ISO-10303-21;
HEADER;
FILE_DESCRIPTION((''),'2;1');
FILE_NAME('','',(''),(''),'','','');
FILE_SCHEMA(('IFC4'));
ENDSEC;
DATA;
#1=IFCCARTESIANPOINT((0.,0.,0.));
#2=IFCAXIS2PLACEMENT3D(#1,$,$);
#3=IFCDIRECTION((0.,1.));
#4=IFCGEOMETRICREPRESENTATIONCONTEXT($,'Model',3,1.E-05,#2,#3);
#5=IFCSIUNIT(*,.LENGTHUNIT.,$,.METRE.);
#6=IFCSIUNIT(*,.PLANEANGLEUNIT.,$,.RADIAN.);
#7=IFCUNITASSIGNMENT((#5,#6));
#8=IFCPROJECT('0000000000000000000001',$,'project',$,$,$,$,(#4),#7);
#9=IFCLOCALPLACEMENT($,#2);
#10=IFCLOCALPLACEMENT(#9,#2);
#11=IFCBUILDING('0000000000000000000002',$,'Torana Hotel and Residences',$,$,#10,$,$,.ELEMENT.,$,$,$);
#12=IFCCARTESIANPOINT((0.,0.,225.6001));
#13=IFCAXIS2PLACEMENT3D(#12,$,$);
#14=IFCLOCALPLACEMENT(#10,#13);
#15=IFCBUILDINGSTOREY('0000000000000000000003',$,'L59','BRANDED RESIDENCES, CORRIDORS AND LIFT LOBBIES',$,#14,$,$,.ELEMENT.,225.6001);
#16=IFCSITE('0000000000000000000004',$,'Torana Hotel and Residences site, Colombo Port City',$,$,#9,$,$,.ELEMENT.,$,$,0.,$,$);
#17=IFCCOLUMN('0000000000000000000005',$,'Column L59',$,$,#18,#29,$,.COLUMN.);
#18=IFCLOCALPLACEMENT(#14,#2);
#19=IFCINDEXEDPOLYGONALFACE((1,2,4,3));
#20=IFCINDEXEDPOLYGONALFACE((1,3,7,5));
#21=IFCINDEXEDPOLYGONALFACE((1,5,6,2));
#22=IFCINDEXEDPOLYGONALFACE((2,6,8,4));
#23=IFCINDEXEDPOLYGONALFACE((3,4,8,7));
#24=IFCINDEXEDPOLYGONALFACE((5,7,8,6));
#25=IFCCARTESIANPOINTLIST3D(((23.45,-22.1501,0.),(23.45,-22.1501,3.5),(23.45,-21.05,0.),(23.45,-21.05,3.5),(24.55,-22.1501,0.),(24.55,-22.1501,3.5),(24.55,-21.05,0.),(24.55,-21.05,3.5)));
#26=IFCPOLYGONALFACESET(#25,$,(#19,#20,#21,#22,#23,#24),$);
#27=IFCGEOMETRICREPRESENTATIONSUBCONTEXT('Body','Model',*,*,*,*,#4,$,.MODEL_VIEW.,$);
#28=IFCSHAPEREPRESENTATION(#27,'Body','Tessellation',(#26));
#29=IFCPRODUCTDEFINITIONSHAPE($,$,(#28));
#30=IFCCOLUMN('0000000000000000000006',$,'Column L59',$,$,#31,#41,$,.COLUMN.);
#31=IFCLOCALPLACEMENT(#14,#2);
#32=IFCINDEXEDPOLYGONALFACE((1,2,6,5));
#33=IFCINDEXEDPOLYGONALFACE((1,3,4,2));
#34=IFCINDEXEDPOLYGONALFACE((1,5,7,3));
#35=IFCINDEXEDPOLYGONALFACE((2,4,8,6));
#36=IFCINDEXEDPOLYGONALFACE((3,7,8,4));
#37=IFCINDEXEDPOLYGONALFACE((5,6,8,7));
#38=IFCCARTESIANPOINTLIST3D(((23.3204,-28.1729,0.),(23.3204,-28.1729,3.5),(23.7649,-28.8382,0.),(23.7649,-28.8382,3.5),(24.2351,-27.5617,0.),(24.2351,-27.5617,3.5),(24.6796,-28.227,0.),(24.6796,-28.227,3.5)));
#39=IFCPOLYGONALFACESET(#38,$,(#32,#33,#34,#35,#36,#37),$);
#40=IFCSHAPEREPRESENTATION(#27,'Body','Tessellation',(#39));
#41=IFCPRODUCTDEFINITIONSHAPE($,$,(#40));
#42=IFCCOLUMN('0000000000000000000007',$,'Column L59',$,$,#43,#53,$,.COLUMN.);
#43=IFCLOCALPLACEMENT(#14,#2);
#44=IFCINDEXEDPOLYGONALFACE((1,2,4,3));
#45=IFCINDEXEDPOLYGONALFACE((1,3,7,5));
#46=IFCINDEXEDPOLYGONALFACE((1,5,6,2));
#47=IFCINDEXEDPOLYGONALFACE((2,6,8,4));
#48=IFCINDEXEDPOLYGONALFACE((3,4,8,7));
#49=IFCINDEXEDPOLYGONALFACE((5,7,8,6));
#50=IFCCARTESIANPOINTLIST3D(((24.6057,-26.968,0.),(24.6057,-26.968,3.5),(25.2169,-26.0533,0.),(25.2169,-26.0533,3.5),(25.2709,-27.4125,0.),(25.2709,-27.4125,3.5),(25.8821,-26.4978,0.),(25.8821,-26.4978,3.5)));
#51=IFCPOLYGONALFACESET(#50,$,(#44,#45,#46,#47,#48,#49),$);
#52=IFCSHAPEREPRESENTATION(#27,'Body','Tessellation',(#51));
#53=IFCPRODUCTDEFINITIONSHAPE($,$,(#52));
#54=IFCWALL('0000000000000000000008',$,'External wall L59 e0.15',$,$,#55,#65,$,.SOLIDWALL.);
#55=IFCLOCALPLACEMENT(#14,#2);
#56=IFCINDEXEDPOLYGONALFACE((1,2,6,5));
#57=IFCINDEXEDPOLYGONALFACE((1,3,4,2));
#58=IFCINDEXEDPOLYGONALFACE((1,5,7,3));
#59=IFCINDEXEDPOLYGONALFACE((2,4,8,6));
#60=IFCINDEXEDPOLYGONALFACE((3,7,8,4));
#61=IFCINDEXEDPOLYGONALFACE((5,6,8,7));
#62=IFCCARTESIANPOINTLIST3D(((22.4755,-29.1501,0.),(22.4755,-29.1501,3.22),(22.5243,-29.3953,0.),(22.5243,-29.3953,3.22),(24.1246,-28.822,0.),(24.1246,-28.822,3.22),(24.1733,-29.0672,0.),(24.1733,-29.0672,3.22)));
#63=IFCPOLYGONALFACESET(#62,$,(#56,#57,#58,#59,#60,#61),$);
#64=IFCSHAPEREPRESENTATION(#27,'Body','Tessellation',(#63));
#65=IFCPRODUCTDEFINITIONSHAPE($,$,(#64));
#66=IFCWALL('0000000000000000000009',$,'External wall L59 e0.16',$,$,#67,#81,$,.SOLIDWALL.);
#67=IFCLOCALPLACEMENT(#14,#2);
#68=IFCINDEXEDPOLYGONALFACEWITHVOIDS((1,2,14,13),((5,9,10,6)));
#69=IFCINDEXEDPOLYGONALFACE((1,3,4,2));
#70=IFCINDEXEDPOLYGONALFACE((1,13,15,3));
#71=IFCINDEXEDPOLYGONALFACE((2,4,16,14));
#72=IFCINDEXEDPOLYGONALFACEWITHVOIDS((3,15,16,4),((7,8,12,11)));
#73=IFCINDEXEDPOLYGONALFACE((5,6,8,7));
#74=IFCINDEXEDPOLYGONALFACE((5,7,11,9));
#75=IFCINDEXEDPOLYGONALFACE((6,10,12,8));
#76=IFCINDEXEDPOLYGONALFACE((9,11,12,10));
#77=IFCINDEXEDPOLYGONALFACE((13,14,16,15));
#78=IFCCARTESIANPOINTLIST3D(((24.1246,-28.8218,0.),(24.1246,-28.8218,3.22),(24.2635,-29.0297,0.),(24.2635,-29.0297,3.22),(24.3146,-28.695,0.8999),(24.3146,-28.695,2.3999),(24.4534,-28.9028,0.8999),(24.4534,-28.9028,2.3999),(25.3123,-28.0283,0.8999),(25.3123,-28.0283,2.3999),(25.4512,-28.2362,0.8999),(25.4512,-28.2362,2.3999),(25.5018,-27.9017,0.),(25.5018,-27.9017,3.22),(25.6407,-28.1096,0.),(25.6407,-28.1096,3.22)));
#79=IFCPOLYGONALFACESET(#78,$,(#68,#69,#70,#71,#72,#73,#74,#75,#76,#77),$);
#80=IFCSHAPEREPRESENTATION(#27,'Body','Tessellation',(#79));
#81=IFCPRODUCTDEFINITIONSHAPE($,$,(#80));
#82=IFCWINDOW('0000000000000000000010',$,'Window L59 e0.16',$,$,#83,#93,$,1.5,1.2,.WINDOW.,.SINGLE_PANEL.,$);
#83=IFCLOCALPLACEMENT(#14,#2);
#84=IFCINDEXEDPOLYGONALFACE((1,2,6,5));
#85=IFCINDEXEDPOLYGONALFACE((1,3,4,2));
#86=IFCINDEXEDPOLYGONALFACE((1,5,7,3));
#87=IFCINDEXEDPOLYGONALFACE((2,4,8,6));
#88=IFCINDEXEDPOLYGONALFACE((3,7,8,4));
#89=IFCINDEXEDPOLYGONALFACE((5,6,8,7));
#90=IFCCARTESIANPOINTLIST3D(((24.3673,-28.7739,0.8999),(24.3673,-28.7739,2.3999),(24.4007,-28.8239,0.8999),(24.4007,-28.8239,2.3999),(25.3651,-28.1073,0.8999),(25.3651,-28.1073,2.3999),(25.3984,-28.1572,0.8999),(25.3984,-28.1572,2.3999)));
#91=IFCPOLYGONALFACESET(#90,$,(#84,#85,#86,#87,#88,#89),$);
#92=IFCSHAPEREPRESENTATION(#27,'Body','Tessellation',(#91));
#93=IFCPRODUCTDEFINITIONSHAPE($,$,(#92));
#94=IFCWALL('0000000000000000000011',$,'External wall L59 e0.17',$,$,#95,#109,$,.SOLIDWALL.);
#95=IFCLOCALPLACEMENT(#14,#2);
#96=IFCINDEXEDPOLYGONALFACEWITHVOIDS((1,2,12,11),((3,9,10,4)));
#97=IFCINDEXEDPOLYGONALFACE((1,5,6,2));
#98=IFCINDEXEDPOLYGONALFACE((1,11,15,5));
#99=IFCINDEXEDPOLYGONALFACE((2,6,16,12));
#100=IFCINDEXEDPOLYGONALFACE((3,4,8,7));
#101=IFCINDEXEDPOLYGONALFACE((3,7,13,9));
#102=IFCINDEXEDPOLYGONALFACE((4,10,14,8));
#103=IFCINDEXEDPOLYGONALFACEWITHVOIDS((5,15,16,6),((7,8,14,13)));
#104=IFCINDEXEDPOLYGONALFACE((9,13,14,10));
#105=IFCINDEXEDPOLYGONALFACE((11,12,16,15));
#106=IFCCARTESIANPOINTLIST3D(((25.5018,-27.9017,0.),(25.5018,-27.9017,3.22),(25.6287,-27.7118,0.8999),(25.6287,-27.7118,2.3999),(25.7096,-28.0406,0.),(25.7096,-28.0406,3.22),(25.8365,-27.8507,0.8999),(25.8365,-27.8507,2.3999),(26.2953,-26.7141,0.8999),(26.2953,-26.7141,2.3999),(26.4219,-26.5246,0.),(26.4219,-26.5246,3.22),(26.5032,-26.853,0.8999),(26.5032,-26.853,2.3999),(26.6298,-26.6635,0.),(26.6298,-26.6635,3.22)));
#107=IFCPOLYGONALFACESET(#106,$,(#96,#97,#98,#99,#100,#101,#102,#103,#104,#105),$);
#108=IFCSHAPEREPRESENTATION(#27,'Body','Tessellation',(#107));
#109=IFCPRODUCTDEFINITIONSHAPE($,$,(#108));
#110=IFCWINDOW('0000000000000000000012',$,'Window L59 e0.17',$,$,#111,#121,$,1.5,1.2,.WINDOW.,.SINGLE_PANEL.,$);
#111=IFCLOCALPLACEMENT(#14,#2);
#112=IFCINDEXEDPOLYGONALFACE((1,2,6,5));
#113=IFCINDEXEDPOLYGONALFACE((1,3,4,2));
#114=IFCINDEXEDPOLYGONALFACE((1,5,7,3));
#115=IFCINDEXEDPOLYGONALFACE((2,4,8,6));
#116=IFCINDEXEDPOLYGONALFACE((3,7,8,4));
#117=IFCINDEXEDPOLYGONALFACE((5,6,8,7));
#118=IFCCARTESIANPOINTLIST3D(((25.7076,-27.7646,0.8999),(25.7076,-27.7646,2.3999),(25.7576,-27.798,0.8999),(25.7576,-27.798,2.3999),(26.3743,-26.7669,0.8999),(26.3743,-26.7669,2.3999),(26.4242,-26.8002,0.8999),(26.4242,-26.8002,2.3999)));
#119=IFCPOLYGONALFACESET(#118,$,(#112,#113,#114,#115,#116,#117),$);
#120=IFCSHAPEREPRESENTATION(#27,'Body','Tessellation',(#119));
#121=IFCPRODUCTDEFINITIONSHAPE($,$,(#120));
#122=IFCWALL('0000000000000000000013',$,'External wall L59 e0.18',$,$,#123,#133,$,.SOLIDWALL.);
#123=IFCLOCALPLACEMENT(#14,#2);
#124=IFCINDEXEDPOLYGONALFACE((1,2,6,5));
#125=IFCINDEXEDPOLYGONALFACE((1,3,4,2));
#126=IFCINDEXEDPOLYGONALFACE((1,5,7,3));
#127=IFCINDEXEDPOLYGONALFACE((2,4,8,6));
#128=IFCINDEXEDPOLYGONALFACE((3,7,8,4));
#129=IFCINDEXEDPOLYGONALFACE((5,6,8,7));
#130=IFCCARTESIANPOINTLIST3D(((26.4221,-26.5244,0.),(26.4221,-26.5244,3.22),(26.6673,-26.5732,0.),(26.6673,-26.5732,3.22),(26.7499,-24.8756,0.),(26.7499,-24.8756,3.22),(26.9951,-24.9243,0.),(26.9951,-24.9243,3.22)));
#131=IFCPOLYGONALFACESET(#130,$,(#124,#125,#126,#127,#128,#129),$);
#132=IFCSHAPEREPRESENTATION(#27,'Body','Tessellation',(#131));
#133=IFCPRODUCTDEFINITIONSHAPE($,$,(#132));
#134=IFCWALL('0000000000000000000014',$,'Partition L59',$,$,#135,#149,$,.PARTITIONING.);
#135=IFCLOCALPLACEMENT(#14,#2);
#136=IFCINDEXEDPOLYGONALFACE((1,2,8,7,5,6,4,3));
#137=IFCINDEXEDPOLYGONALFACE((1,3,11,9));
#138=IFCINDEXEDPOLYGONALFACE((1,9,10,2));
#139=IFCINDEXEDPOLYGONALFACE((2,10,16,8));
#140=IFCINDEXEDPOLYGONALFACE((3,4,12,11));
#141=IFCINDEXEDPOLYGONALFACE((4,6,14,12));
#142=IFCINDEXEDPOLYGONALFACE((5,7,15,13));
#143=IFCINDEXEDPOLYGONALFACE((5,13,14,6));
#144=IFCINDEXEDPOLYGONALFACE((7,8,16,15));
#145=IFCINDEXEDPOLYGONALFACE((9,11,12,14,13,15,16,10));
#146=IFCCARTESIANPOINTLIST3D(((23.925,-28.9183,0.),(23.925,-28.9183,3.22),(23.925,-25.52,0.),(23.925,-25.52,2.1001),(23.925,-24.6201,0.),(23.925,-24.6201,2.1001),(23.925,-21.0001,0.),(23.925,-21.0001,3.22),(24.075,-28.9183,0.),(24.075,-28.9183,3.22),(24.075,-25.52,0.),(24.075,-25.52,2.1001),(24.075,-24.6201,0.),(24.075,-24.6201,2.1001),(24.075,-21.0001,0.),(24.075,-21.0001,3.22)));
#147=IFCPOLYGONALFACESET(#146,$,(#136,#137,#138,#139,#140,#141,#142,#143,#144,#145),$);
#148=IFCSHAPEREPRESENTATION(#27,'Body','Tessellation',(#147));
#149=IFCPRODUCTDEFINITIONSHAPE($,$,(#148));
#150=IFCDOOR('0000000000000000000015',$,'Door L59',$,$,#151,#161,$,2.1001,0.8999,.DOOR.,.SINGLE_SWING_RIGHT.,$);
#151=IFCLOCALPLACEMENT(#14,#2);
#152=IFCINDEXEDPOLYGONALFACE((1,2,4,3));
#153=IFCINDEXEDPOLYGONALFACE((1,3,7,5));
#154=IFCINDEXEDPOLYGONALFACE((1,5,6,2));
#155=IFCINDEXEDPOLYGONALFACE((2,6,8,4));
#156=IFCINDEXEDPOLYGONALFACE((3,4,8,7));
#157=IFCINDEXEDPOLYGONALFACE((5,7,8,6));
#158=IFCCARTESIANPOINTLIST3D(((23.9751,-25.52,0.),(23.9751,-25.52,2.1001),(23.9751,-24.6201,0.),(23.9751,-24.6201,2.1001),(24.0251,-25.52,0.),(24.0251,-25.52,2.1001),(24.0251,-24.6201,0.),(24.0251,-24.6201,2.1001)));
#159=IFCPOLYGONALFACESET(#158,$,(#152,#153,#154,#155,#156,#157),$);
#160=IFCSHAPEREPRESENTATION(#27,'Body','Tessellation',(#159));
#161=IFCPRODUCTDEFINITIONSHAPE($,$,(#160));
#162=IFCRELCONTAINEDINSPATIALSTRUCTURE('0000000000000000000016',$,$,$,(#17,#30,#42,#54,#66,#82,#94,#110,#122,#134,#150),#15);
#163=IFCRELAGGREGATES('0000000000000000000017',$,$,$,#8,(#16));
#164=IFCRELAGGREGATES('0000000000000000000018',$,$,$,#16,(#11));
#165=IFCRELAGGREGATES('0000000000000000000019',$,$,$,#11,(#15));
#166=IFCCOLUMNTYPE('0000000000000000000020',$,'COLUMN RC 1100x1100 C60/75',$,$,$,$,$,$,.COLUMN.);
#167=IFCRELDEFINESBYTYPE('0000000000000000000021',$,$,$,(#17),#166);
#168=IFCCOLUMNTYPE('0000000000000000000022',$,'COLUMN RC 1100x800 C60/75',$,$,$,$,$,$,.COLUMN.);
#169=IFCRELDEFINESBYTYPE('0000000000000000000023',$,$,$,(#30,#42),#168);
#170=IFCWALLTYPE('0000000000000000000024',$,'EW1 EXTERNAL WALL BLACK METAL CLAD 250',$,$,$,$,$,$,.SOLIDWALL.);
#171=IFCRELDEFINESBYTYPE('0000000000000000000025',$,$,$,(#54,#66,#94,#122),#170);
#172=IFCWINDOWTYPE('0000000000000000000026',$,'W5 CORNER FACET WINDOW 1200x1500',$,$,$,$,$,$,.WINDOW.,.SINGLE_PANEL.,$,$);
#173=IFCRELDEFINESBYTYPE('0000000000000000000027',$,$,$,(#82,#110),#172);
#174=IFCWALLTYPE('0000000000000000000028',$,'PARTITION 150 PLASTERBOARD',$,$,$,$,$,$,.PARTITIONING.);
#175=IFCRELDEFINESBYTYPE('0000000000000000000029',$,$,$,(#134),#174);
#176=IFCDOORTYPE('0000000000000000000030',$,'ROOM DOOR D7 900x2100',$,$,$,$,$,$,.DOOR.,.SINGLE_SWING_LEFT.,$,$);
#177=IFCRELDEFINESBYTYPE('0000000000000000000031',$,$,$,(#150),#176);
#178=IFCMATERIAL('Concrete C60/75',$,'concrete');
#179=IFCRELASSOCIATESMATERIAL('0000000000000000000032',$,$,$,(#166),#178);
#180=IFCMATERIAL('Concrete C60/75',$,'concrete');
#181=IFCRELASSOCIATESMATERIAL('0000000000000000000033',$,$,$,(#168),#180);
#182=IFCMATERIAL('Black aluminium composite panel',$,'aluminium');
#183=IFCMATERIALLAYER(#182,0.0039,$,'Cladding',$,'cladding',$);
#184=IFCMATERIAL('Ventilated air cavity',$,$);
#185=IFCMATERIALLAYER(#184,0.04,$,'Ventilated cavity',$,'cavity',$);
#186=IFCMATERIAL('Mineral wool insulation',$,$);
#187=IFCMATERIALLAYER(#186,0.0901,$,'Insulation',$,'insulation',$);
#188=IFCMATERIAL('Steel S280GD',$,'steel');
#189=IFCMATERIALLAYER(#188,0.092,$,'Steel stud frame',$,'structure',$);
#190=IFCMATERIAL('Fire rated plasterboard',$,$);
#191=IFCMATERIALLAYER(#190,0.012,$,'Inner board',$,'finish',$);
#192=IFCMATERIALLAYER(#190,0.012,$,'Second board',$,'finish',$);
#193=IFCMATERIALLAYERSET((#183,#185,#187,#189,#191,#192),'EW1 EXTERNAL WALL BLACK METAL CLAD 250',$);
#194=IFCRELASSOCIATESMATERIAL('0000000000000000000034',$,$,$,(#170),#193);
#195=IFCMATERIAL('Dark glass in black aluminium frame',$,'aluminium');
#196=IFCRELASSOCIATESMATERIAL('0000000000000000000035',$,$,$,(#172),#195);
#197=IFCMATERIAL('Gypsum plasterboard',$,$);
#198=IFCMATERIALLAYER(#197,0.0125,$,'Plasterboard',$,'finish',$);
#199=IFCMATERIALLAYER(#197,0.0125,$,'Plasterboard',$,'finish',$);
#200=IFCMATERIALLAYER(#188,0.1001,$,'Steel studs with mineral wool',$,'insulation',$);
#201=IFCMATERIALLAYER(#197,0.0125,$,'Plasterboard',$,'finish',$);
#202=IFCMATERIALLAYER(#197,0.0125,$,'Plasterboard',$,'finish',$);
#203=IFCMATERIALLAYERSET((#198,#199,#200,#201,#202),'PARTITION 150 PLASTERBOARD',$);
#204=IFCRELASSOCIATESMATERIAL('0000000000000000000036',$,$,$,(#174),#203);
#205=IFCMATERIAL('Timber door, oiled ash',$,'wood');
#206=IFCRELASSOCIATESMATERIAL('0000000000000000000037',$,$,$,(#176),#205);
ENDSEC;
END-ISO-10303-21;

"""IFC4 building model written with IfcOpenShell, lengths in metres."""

from ifc_helpers import new_model, si_unit, direction, frame, frame_2d, origin, origin_2d, place, context, subcontext, project, spatial, rectangle, extrude, material, layer, layer_set, material_profile, profile_set, type_object, element, fill, save


model = new_model("IFC4")

# Units and contexts
model_context = context("Model", 3, precision=1e-05, world=origin(), true_north=direction((0.0, 1.0)))
body_context = subcontext(model_context, "Body", "Model", "MODEL_VIEW")
ifc_project = project(units=[si_unit("LENGTHUNIT", "METRE"), si_unit("PLANEANGLEUNIT", "RADIAN")], contexts=[model_context])

# Site, building, storey
site_placement = place(None, origin())
site = spatial("IfcSite", under=ifc_project, at=site_placement, Name="Torana Hotel and Residences site, Colombo Port City", CompositionType="ELEMENT", RefElevation=0.0)
building_placement = place(site_placement, origin())
building = spatial("IfcBuilding", under=site, at=building_placement, Name="Torana Hotel and Residences", CompositionType="ELEMENT")
storey_placement = place(building_placement, frame((0.0, 0.0, 225.6001)))
storey = spatial("IfcBuildingStorey", under=building, at=storey_placement, Name="L59", Description="BRANDED RESIDENCES, CORRIDORS AND LIFT LOBBIES", CompositionType="ELEMENT", Elevation=225.6001)

# Columns
ifc_material_1 = material(Name="Concrete C60/75", Category="concrete")
ifc_material_profile_1 = material_profile(ifc_material_1, rectangle(XDim=1.1001, YDim=1.1001, at=origin_2d()), Name="RC 1100x1100")
ifc_profile_set_1 = profile_set([ifc_material_profile_1], Name="Concrete C60/75")
column_type_1 = type_object("IfcColumnType", Name="COLUMN RC 1100x1100 C60/75", PredefinedType="COLUMN", material=ifc_profile_set_1)
column_placement = place(storey_placement, frame((24.0, -21.6001, 0.0), z_axis=(0.0, 0.0, 1.0), x_axis=(1.0, 0.0, 0.0)))
element("IfcColumn", 1, at=column_placement, inside=storey, type_object=column_type_1, Name="Column L59", PredefinedType="COLUMN", context=body_context, shape_type="SweptSolid", body=[
    extrude(rectangle(XDim=1.1001, YDim=1.1001, at=origin_2d()), origin(), (0.0, 0.0, 1.0), 3.5),
])
ifc_material_2 = material(Name="Concrete C60/75", Category="concrete")
ifc_material_profile_2 = material_profile(ifc_material_2, rectangle(XDim=1.1001, YDim=0.8, at=origin_2d()), Name="RC 1100x800")
ifc_profile_set_2 = profile_set([ifc_material_profile_2], Name="Concrete C60/75")
column_type_2 = type_object("IfcColumnType", Name="COLUMN RC 1100x800 C60/75", PredefinedType="COLUMN", material=ifc_profile_set_2)
for number, where, z_axis, x_axis, name in (
    (2, (24.0, -28.2, 0.0), (0.0, 0.0, 1.0), (0.83146, 0.555585, 0.0), "Column L59"),
    (3, (25.2439, -26.7329, 0.0), (0.0, 0.0, 1.0), (0.555585, 0.83146, 0.0), "Column L59"),
):
    element("IfcColumn", number, at=place(storey_placement, frame(where, z_axis=z_axis, x_axis=x_axis)), inside=storey, type_object=column_type_2, Name=name, PredefinedType="COLUMN", context=body_context, shape_type="SweptSolid", body=[
        extrude(rectangle(XDim=1.1001, YDim=0.8, at=origin_2d()), origin(), (0.0, 0.0, 1.0), 3.5),
    ])

# Wall
ifc_material_3 = material(Name="Black aluminium composite panel", Category="aluminium")
ifc_layer_1 = layer(ifc_material_3, 0.0039, Name="Cladding", Category="cladding")
ifc_material_4 = material(Name="Ventilated air cavity")
ifc_layer_2 = layer(ifc_material_4, 0.04, Name="Ventilated cavity", Category="cavity")
ifc_material_5 = material(Name="Mineral wool insulation")
ifc_layer_3 = layer(ifc_material_5, 0.0901, Name="Insulation", Category="insulation")
ifc_material_6 = material(Name="Steel S280GD", Category="steel")
ifc_layer_4 = layer(ifc_material_6, 0.092, Name="Steel stud frame", Category="structure")
ifc_material_7 = material(Name="Fire rated plasterboard")
ifc_layer_5 = layer(ifc_material_7, 0.012, Name="Inner board", Category="finish")
ifc_layer_6 = layer(ifc_material_7, 0.012, Name="Second board", Category="finish")
ifc_layer_set_1 = layer_set([ifc_layer_1, ifc_layer_2, ifc_layer_3, ifc_layer_4, ifc_layer_5, ifc_layer_6], Name="EW1 EXTERNAL WALL BLACK METAL CLAD 250")
wall_type_1 = type_object("IfcWallType", Name="EW1 EXTERNAL WALL BLACK METAL CLAD 250", PredefinedType="SOLIDWALL", material=ifc_layer_set_1)
wall_1_placement = place(storey_placement, frame((22.4998, -29.2727, 0.0), z_axis=(0.0, 0.0, 1.0), x_axis=(0.980776, 0.195139, 0.0)))
element("IfcWall", 4, at=wall_1_placement, inside=storey, type_object=wall_type_1, Name="External wall L59 e0.15", PredefinedType="SOLIDWALL", context=body_context, shape_type="SweptSolid", body=[
    extrude(rectangle(XDim=1.6814, YDim=0.25, at=frame_2d((0.8408, 0.0))), origin(), (0.0, 0.0, 1.0), 3.22),
])

# Walls, openings, windows
wall_2_placement = place(storey_placement, frame((24.1941, -28.9258, 0.0), z_axis=(0.0, 0.0, 1.0), x_axis=(0.831483, 0.55555, 0.0)))
wall_2 = element("IfcWall", 5, at=wall_2_placement, inside=storey, type_object=wall_type_1, Name="External wall L59 e0.16", PredefinedType="SOLIDWALL", context=body_context, shape_type="SweptSolid", body=[
    extrude(rectangle(XDim=1.6562, YDim=0.25, at=frame_2d((0.8281, 0.0))), origin(), (0.0, 0.0, 1.0), 3.22),
])
opening_1_placement = place(wall_2_placement, frame((0.2283, 0.0, 0.8999)))
opening_1 = element("IfcOpeningElement", 6, at=opening_1_placement, cuts=wall_2, PredefinedType="OPENING", context=body_context, shape_type="SweptSolid", body=[
    extrude(rectangle(XDim=1.2, YDim=1.5, at=frame_2d((0.6001, 0.75))), frame((0.0, 0.135, 0.0), z_axis=(0.0, -1.0, 0.0), x_axis=(1.0, 0.0, 0.0)), (0.0, 0.0, 1.0), 0.27),
])
ifc_material_8 = material(Name="Dark glass in black aluminium frame", Category="aluminium")
window_type = type_object("IfcWindowType", Name="W5 CORNER FACET WINDOW 1200x1500", PartitioningType="SINGLE_PANEL", PredefinedType="WINDOW", material=ifc_material_8)
window_1_placement = place(opening_1_placement, origin())
window_1 = element("IfcWindow", 7, at=window_1_placement, inside=storey, type_object=window_type, Name="Window L59 e0.16", OverallHeight=1.5, OverallWidth=1.2, PartitioningType="SINGLE_PANEL", PredefinedType="WINDOW", context=body_context, shape_type="SweptSolid", body=[
    extrude(rectangle(XDim=1.2, YDim=1.5, at=frame_2d((0.6001, 0.75))), frame((0.0, 0.03, 0.0), z_axis=(0.0, -1.0, 0.0), x_axis=(1.0, 0.0, 0.0)), (0.0, 0.0, 1.0), 0.0601),
])
fill(opening_1, window_1)
wall_3_placement = place(storey_placement, frame((25.6057, -27.9712, 0.0), z_axis=(0.0, 0.0, 1.0), x_axis=(0.55555, 0.831483, 0.0)))
wall_3 = element("IfcWall", 8, at=wall_3_placement, inside=storey, type_object=wall_type_1, Name="External wall L59 e0.17", PredefinedType="SOLIDWALL", context=body_context, shape_type="SweptSolid", body=[
    extrude(rectangle(XDim=1.6562, YDim=0.25, at=frame_2d((0.8281, 0.0))), origin(), (0.0, 0.0, 1.0), 3.22),
])
opening_2_placement = place(wall_3_placement, frame((0.2283, 0.0, 0.8999)))
opening_2 = element("IfcOpeningElement", 9, at=opening_2_placement, cuts=wall_3, PredefinedType="OPENING", context=body_context, shape_type="SweptSolid", body=[
    extrude(rectangle(XDim=1.2, YDim=1.5, at=frame_2d((0.6001, 0.75))), frame((0.0, 0.135, 0.0), z_axis=(0.0, -1.0, 0.0), x_axis=(1.0, 0.0, 0.0)), (0.0, 0.0, 1.0), 0.27),
])
window_2_placement = place(opening_2_placement, origin())
window_2 = element("IfcWindow", 10, at=window_2_placement, inside=storey, type_object=window_type, Name="Window L59 e0.17", OverallHeight=1.5, OverallWidth=1.2, PartitioningType="SINGLE_PANEL", PredefinedType="WINDOW", context=body_context, shape_type="SweptSolid", body=[
    extrude(rectangle(XDim=1.2, YDim=1.5, at=frame_2d((0.6001, 0.75))), frame((0.0, 0.03, 0.0), z_axis=(0.0, -1.0, 0.0), x_axis=(1.0, 0.0, 0.0)), (0.0, 0.0, 1.0), 0.0601),
])
fill(opening_2, window_2)

# Wall
wall_4_placement = place(storey_placement, frame((26.5447, -26.5488, 0.0), z_axis=(0.0, 0.0, 1.0), x_axis=(0.195027, 0.980798, 0.0)))
element("IfcWall", 11, at=wall_4_placement, inside=storey, type_object=wall_type_1, Name="External wall L59 e0.18", PredefinedType="SOLIDWALL", context=body_context, shape_type="SweptSolid", body=[
    extrude(rectangle(XDim=1.6812, YDim=0.25, at=frame_2d((0.8406, 0.0))), origin(), (0.0, 0.0, 1.0), 3.22),
])

# Wall, opening, door
ifc_material_9 = material(Name="Gypsum plasterboard")
ifc_layer_7 = layer(ifc_material_9, 0.0125, Name="Plasterboard", Category="finish")
ifc_layer_8 = layer(ifc_material_9, 0.0125, Name="Plasterboard", Category="finish")
ifc_layer_9 = layer(ifc_material_6, 0.1001, Name="Steel studs with mineral wool", Category="insulation")
ifc_layer_10 = layer(ifc_material_9, 0.0125, Name="Plasterboard", Category="finish")
ifc_layer_11 = layer(ifc_material_9, 0.0125, Name="Plasterboard", Category="finish")
ifc_layer_set_2 = layer_set([ifc_layer_7, ifc_layer_8, ifc_layer_9, ifc_layer_10, ifc_layer_11], Name="PARTITION 150 PLASTERBOARD")
wall_type_2 = type_object("IfcWallType", Name="PARTITION 150 PLASTERBOARD", PredefinedType="PARTITIONING", material=ifc_layer_set_2)
wall_5_placement = place(storey_placement, frame((24.0, -28.9182, 0.0), z_axis=(0.0, 0.0, 1.0), x_axis=(0.0, 1.0, 0.0)))
wall_5 = element("IfcWall", 12, at=wall_5_placement, inside=storey, type_object=wall_type_2, Name="Partition L59", PredefinedType="PARTITIONING", context=body_context, shape_type="SweptSolid", body=[
    extrude(rectangle(XDim=7.9182, YDim=0.1499, at=frame_2d((3.959, 0.0))), origin(), (0.0, 0.0, 1.0), 3.22),
])
opening_3_placement = place(wall_5_placement, frame((3.3982, 0.0, 0.0)))
opening_3 = element("IfcOpeningElement", 13, at=opening_3_placement, cuts=wall_5, PredefinedType="OPENING", context=body_context, shape_type="SweptSolid", body=[
    extrude(rectangle(XDim=0.8999, YDim=2.1001, at=frame_2d((0.45, 1.05))), frame((0.0, 0.085, 0.0), z_axis=(0.0, -1.0, 0.0), x_axis=(1.0, 0.0, 0.0)), (0.0, 0.0, 1.0), 0.1699),
])
ifc_material_10 = material(Name="Timber door, oiled ash", Category="wood")
door_type_1 = type_object("IfcDoorType", Name="ROOM DOOR D7 900x2100", OperationType="SINGLE_SWING_LEFT", PredefinedType="DOOR", material=ifc_material_10)
door_1_placement = place(opening_3_placement, origin())
door_1 = element("IfcDoor", 14, at=door_1_placement, inside=storey, type_object=door_type_1, Name="Door L59", OperationType="SINGLE_SWING_RIGHT", OverallHeight=2.1001, OverallWidth=0.8999, PredefinedType="DOOR", context=body_context, shape_type="SweptSolid", body=[
    extrude(rectangle(XDim=0.8999, YDim=2.1001, at=frame_2d((0.45, 1.05))), frame((0.0, 0.0249, 0.0), z_axis=(0.0, -1.0, 0.0), x_axis=(1.0, 0.0, 0.0)), (0.0, 0.0, 1.0), 0.05),
])
fill(opening_3, door_1)

save(model, "model.ifc")
